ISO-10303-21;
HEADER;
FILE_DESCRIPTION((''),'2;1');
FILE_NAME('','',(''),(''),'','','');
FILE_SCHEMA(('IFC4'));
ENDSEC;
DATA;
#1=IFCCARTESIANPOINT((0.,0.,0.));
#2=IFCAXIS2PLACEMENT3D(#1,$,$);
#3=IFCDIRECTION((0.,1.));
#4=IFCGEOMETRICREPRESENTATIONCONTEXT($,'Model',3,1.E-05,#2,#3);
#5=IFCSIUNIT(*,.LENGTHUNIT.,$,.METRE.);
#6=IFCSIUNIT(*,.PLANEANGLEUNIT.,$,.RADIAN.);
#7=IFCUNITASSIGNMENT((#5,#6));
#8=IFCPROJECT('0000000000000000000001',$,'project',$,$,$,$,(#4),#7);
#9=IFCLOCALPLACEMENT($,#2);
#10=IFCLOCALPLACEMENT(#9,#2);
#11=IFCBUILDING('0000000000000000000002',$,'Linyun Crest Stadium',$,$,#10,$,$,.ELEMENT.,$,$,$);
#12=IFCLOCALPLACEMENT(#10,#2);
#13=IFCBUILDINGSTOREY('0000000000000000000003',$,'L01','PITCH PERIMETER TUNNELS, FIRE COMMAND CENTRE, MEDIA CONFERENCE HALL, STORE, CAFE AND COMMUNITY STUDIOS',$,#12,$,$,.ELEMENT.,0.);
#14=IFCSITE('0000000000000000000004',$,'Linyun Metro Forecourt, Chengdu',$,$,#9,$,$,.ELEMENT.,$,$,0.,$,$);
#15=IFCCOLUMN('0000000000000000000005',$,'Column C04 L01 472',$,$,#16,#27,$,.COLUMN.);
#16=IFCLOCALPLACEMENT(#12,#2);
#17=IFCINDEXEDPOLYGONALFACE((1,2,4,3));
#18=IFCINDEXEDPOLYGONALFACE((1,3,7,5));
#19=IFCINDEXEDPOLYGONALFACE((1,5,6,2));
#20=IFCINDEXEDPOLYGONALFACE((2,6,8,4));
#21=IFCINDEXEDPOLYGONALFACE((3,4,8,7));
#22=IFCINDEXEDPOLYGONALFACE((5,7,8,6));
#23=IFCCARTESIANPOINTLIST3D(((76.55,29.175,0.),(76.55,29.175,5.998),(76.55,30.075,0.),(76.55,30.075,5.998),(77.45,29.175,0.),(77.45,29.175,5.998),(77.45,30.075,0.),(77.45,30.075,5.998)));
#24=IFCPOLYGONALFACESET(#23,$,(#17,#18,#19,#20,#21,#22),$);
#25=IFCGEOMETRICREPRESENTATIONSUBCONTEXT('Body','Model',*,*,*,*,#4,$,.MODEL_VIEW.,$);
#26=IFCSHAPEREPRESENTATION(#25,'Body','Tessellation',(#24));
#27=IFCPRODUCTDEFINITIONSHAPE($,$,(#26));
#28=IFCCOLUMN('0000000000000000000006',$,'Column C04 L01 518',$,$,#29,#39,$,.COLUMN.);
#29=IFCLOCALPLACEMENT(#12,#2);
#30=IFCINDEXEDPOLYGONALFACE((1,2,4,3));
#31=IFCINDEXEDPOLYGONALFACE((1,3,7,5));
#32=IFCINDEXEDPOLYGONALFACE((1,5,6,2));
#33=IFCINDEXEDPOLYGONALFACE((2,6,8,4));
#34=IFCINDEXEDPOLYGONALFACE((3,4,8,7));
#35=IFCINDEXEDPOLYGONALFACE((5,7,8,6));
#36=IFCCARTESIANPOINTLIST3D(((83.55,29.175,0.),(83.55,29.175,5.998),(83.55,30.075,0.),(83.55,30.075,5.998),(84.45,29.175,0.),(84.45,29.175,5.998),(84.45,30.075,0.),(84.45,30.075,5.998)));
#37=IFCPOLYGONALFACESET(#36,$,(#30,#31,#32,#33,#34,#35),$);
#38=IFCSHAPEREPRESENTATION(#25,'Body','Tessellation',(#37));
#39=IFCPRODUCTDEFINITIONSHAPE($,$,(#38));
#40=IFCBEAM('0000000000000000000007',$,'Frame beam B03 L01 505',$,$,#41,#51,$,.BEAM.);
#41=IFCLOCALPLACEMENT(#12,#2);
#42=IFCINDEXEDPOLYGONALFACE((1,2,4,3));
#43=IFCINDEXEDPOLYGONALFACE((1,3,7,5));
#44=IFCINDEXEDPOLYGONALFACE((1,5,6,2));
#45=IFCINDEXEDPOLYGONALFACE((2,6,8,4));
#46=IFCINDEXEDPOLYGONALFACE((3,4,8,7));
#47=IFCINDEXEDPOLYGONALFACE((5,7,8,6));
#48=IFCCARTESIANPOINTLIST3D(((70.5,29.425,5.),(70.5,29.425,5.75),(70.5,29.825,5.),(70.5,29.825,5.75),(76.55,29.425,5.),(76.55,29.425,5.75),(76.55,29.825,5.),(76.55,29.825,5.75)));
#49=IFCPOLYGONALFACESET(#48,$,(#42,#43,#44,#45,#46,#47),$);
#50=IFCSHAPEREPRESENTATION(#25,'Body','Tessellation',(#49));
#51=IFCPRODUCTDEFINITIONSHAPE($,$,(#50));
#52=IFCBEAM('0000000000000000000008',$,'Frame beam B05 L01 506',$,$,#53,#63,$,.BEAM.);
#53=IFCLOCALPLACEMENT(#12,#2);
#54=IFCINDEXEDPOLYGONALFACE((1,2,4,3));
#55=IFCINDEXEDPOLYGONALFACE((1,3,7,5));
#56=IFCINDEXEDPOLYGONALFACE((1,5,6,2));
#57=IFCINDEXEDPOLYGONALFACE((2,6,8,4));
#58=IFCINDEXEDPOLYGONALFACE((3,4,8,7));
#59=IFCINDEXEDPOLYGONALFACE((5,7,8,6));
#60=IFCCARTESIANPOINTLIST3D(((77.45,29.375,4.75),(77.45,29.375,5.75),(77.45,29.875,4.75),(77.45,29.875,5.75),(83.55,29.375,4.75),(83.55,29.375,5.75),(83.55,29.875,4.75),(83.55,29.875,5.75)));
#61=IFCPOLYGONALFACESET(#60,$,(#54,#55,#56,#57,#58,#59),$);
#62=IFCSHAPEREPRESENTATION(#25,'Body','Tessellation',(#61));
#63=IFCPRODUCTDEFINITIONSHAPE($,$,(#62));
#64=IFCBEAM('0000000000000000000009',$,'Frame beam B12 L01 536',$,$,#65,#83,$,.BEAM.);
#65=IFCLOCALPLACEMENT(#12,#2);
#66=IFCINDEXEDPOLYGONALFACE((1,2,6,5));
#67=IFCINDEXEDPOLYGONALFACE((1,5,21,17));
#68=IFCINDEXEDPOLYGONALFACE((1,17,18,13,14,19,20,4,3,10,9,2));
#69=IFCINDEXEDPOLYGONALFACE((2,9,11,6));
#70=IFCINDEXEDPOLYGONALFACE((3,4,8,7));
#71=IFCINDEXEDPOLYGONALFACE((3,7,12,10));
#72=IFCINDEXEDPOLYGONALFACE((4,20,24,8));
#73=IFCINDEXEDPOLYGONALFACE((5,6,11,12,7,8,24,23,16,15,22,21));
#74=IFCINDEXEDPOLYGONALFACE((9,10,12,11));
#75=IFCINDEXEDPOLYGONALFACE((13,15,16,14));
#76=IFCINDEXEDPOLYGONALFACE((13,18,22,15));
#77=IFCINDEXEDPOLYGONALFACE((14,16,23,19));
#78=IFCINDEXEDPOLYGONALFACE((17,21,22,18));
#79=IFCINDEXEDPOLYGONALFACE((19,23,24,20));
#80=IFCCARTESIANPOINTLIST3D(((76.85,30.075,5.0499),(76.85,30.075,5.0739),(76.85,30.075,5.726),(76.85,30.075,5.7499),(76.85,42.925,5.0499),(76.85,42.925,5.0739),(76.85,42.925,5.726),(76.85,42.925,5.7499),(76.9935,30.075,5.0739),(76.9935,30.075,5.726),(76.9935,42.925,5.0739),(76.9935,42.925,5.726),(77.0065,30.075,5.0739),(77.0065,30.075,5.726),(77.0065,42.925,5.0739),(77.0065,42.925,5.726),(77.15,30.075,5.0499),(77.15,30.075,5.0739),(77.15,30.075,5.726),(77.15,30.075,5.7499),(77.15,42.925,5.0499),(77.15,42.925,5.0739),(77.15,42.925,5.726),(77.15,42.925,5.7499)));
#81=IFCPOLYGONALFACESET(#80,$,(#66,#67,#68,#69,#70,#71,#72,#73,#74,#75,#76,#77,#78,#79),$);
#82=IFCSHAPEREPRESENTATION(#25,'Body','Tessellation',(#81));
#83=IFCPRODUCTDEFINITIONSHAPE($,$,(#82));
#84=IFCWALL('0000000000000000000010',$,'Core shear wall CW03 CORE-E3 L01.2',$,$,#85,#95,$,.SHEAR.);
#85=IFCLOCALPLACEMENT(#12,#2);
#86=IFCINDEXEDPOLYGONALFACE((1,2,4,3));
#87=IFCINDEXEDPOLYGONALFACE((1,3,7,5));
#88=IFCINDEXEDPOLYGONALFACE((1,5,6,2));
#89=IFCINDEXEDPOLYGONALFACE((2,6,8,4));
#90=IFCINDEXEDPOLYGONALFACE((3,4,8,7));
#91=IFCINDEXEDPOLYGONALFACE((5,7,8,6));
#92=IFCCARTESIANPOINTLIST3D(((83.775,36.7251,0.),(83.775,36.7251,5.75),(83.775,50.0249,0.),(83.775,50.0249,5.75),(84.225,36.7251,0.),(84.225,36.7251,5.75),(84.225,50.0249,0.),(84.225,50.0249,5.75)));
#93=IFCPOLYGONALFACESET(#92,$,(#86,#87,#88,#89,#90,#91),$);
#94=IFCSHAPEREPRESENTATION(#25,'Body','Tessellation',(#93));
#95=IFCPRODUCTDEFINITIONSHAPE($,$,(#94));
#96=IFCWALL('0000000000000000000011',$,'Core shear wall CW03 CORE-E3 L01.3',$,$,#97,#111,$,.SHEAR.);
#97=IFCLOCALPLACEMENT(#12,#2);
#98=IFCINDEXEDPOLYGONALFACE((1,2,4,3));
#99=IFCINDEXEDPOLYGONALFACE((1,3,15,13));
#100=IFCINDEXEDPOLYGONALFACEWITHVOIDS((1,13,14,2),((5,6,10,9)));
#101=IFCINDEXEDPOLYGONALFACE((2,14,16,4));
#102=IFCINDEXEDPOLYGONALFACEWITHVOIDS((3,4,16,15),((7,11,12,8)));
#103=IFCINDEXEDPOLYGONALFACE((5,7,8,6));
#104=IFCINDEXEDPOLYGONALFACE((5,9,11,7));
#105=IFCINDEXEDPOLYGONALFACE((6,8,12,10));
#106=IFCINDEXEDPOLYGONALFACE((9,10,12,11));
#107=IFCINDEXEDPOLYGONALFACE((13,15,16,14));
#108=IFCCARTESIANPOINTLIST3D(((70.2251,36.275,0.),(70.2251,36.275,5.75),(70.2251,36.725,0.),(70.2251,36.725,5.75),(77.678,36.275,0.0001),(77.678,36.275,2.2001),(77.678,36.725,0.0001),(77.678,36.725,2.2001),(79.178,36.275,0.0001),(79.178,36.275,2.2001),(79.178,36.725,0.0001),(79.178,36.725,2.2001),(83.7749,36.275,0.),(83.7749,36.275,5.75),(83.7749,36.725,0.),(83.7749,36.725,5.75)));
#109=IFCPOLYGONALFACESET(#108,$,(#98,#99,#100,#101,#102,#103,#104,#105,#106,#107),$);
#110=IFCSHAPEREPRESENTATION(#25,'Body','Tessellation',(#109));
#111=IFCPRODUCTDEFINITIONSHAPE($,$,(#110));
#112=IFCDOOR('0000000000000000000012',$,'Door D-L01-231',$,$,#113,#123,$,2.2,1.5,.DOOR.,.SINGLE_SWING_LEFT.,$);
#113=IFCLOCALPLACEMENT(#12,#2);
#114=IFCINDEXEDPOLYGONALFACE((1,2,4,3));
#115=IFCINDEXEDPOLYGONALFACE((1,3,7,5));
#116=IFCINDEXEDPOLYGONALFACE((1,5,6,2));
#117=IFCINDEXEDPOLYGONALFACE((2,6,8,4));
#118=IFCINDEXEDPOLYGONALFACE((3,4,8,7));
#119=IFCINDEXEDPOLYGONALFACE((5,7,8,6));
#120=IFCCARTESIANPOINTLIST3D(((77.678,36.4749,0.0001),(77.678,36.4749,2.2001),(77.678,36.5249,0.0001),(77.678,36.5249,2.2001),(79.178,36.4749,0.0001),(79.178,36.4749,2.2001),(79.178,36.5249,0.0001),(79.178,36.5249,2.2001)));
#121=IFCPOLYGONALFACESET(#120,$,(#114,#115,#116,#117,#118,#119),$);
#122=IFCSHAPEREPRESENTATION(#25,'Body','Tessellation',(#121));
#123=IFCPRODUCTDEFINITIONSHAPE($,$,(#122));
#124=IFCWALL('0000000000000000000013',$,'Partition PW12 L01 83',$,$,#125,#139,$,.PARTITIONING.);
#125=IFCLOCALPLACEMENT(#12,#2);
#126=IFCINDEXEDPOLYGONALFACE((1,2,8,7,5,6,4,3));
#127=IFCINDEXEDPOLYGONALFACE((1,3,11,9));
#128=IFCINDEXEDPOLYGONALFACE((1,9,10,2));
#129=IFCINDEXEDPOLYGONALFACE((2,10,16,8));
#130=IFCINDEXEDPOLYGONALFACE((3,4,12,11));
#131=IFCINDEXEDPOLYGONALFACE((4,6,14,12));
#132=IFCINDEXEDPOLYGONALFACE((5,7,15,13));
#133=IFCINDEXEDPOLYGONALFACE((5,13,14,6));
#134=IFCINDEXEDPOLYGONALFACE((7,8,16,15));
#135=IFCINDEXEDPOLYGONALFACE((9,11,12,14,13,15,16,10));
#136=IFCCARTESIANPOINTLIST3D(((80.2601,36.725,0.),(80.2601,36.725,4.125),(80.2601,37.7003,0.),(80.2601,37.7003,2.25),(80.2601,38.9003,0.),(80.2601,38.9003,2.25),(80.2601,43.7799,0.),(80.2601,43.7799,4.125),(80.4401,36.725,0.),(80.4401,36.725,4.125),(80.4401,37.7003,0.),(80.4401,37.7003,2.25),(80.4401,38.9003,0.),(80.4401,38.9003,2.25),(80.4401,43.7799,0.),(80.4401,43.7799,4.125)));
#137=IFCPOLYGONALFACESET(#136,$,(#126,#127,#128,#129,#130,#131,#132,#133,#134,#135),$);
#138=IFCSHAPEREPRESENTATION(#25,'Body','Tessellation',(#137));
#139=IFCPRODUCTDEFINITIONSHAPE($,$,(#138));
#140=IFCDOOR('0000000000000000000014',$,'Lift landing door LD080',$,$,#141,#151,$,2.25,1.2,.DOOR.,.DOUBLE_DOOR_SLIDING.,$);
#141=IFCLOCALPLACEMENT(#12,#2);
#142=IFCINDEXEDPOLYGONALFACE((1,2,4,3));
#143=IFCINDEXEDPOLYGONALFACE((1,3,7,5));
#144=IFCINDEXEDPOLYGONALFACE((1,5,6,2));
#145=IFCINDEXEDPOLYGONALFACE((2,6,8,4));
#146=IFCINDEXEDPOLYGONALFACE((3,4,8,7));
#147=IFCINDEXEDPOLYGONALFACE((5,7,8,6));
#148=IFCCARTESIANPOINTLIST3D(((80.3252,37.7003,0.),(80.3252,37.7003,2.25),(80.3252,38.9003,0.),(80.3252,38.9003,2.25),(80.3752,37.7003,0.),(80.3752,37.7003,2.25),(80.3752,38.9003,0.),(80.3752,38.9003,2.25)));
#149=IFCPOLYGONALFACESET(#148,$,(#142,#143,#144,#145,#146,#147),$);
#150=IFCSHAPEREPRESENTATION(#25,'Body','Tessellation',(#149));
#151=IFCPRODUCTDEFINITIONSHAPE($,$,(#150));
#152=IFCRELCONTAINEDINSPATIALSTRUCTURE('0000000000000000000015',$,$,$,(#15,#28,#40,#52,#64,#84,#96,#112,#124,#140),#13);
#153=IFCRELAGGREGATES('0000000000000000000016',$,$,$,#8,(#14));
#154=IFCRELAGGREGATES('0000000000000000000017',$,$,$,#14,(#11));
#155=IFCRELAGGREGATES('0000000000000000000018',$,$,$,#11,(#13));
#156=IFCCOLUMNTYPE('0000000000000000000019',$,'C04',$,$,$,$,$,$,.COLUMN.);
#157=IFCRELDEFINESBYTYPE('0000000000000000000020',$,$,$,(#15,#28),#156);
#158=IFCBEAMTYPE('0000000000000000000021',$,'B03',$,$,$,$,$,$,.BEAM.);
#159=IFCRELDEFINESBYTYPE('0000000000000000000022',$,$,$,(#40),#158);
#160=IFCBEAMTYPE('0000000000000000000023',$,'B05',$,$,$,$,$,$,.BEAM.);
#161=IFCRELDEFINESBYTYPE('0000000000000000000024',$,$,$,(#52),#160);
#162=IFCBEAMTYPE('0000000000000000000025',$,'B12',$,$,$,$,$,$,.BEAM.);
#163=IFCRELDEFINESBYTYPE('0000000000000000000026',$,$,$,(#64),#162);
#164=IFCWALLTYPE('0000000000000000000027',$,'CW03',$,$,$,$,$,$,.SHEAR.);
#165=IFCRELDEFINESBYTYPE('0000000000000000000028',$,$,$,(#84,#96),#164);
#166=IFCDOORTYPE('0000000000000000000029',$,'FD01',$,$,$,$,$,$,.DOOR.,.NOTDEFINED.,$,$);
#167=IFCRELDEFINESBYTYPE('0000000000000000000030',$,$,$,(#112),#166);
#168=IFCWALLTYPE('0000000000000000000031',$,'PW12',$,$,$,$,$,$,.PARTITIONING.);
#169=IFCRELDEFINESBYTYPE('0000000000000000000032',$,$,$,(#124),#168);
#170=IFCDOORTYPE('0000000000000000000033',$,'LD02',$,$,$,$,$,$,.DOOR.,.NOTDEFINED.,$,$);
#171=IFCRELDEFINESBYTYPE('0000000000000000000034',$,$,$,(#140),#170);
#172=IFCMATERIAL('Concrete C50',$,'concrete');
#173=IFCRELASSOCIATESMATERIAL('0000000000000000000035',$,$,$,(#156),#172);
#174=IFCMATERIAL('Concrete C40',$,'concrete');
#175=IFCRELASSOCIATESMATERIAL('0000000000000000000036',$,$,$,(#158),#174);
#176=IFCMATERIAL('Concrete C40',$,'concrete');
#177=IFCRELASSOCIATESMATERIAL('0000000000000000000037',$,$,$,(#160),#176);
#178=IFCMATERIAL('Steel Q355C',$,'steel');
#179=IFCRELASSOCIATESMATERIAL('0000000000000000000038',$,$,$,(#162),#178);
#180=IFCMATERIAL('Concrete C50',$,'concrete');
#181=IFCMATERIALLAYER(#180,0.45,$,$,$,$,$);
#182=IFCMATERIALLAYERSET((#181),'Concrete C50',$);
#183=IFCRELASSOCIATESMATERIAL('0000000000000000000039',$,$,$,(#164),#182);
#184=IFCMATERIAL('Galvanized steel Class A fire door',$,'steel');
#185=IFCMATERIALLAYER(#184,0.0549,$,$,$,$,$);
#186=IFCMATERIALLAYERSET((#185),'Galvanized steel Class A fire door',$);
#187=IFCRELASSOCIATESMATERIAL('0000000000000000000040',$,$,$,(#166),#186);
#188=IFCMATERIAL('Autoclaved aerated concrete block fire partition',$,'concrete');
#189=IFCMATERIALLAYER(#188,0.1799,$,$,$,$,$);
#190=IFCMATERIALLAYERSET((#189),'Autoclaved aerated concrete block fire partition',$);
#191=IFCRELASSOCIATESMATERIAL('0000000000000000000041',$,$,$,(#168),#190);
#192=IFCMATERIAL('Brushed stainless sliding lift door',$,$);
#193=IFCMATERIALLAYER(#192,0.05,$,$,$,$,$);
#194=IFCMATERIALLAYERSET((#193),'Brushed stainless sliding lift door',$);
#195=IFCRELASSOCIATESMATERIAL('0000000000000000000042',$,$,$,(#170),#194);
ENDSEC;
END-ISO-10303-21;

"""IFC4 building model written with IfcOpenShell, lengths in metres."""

from ifc_helpers import new_model, si_unit, direction, frame, frame_2d, origin, origin_2d, place, context, subcontext, project, spatial, rectangle, i_section, extrude, material, layer, layer_set, material_profile, profile_set, type_object, element, fill, save


model = new_model("IFC4")

# Units and contexts
model_context = context("Model", 3, precision=1e-05, world=origin(), true_north=direction((0.0, 1.0)))
body_context = subcontext(model_context, "Body", "Model", "MODEL_VIEW")
ifc_project = project(units=[si_unit("LENGTHUNIT", "METRE"), si_unit("PLANEANGLEUNIT", "RADIAN")], contexts=[model_context])

# Site, building, storey
site_placement = place(None, origin())
site = spatial("IfcSite", under=ifc_project, at=site_placement, Name="Linyun Metro Forecourt, Chengdu", CompositionType="ELEMENT", RefElevation=0.0)
building_placement = place(site_placement, origin())
building = spatial("IfcBuilding", under=site, at=building_placement, Name="Linyun Crest Stadium", CompositionType="ELEMENT")
storey_placement = place(building_placement, origin())
storey = spatial("IfcBuildingStorey", under=building, at=storey_placement, Name="L01", Description="PITCH PERIMETER TUNNELS, FIRE COMMAND CENTRE, MEDIA CONFERENCE HALL, STORE, CAFE AND COMMUNITY STUDIOS", CompositionType="ELEMENT", Elevation=0.0)

# Columns
ifc_material_1 = material(Name="Concrete C50", Category="concrete")
ifc_material_profile_1 = material_profile(ifc_material_1, rectangle(XDim=0.8999, YDim=0.8999, at=origin_2d()), Name="RC 900x900")
ifc_profile_set_1 = profile_set([ifc_material_profile_1], Name="Concrete C50")
column_type = type_object("IfcColumnType", Name="C04", PredefinedType="COLUMN", material=ifc_profile_set_1)
for number, where, z_axis, x_axis, name in (
    (1, (77.0, 29.625, 0.0), (0.0, 0.0, 1.0), (1.0, 0.0, 0.0), "Column C04 L01 472"),
    (2, (84.0, 29.625, 0.0), (0.0, 0.0, 1.0), (1.0, 0.0, 0.0), "Column C04 L01 518"),
):
    element("IfcColumn", number, at=place(storey_placement, frame(where, z_axis=z_axis, x_axis=x_axis)), inside=storey, type_object=column_type, Name=name, PredefinedType="COLUMN", context=body_context, shape_type="SweptSolid", body=[
        extrude(rectangle(XDim=0.8999, YDim=0.8999, at=origin_2d()), origin(), (0.0, 0.0, 1.0), 5.998),
    ])

# Beams
ifc_material_2 = material(Name="Concrete C40", Category="concrete")
ifc_material_profile_2 = material_profile(ifc_material_2, rectangle(XDim=0.3999, YDim=0.75, at=origin_2d()), Name="RCB 750x400")
ifc_profile_set_2 = profile_set([ifc_material_profile_2], Name="Concrete C40")
beam_type_1 = type_object("IfcBeamType", Name="B03", PredefinedType="BEAM", material=ifc_profile_set_2)
beam_1_placement = place(storey_placement, frame((70.5, 29.625, 5.375), z_axis=(1.0, 0.0, 0.0), x_axis=(0.0, 1.0, 0.0)))
element("IfcBeam", 3, at=beam_1_placement, inside=storey, type_object=beam_type_1, Name="Frame beam B03 L01 505", PredefinedType="BEAM", context=body_context, shape_type="SweptSolid", body=[
    extrude(rectangle(XDim=0.3999, YDim=0.75, at=origin_2d()), origin(), (0.0, 0.0, 1.0), 6.05),
])
ifc_material_3 = material(Name="Concrete C40", Category="concrete")
ifc_material_profile_3 = material_profile(ifc_material_3, rectangle(XDim=0.5, YDim=1.0, at=origin_2d()), Name="RCB 1000x500")
ifc_profile_set_3 = profile_set([ifc_material_profile_3], Name="Concrete C40")
beam_type_2 = type_object("IfcBeamType", Name="B05", PredefinedType="BEAM", material=ifc_profile_set_3)
beam_2_placement = place(storey_placement, frame((77.45, 29.625, 5.25), z_axis=(1.0, 0.0, 0.0), x_axis=(0.0, 1.0, 0.0)))
element("IfcBeam", 4, at=beam_2_placement, inside=storey, type_object=beam_type_2, Name="Frame beam B05 L01 506", PredefinedType="BEAM", context=body_context, shape_type="SweptSolid", body=[
    extrude(rectangle(XDim=0.5, YDim=1.0, at=origin_2d()), origin(), (0.0, 0.0, 1.0), 6.1001),
])
ifc_material_4 = material(Name="Steel Q355C", Category="steel")
ifc_material_profile_4 = material_profile(ifc_material_4, i_section(OverallWidth=0.3, OverallDepth=0.7, WebThickness=0.0129, FlangeThickness=0.0239, at=origin_2d()), Name="HN 700x300")
ifc_profile_set_4 = profile_set([ifc_material_profile_4], Name="Steel Q355C")
beam_type_3 = type_object("IfcBeamType", Name="B12", PredefinedType="BEAM", material=ifc_profile_set_4)
beam_3_placement = place(storey_placement, frame((77.0, 30.075, 5.3999), z_axis=(0.0, 1.0, 0.0), x_axis=(-1.0, 0.0, 0.0)))
element("IfcBeam", 5, at=beam_3_placement, inside=storey, type_object=beam_type_3, Name="Frame beam B12 L01 536", PredefinedType="BEAM", context=body_context, shape_type="SweptSolid", body=[
    extrude(i_section(OverallWidth=0.3, OverallDepth=0.7, WebThickness=0.0129, FlangeThickness=0.0239, at=origin_2d()), origin(), (0.0, 0.0, 1.0), 12.8501),
])

# Wall
ifc_material_5 = material(Name="Concrete C50", Category="concrete")
ifc_layer_1 = layer(ifc_material_5, 0.45)
ifc_layer_set_1 = layer_set([ifc_layer_1], Name="Concrete C50")
wall_type_1 = type_object("IfcWallType", Name="CW03", PredefinedType="SHEAR", material=ifc_layer_set_1)
wall_1_placement = place(storey_placement, frame((84.0, 36.7251, 0.0), z_axis=(0.0, 0.0, 1.0), x_axis=(0.0, 1.0, 0.0)))
element("IfcWall", 6, at=wall_1_placement, inside=storey, type_object=wall_type_1, Name="Core shear wall CW03 CORE-E3 L01.2", PredefinedType="SHEAR", context=body_context, shape_type="SweptSolid", body=[
    extrude(rectangle(XDim=13.2998, YDim=0.45, at=frame_2d((6.6499, 0.0))), origin(), (0.0, 0.0, 1.0), 5.75),
])

# Walls, openings, doors
wall_2_placement = place(storey_placement, frame((70.2251, 36.5, 0.0), z_axis=(0.0, 0.0, 1.0), x_axis=(1.0, 0.0, 0.0)))
wall_2 = element("IfcWall", 7, at=wall_2_placement, inside=storey, type_object=wall_type_1, Name="Core shear wall CW03 CORE-E3 L01.3", PredefinedType="SHEAR", context=body_context, shape_type="SweptSolid", body=[
    extrude(rectangle(XDim=13.5498, YDim=0.45, at=frame_2d((6.7749, 0.0))), origin(), (0.0, 0.0, 1.0), 5.75),
])
opening_1_placement = place(wall_2_placement, frame((7.4529, 0.0, 0.0)))
opening_1 = element("IfcOpeningElement", 8, at=opening_1_placement, cuts=wall_2, PredefinedType="OPENING", context=body_context, shape_type="SweptSolid", body=[
    extrude(rectangle(XDim=1.5, YDim=2.2, at=frame_2d((0.75, 1.1001))), frame((0.0, 0.2349, 0.0), z_axis=(0.0, -1.0, 0.0), x_axis=(1.0, 0.0, 0.0)), (0.0, 0.0, 1.0), 0.47),
])
ifc_material_6 = material(Name="Galvanized steel Class A fire door", Category="steel")
ifc_layer_2 = layer(ifc_material_6, 0.0549)
ifc_layer_set_2 = layer_set([ifc_layer_2], Name="Galvanized steel Class A fire door")
door_type_1 = type_object("IfcDoorType", Name="FD01", OperationType="NOTDEFINED", PredefinedType="DOOR", material=ifc_layer_set_2)
door_1_placement = place(opening_1_placement, origin())
door_1 = element("IfcDoor", 9, at=door_1_placement, inside=storey, type_object=door_type_1, Name="Door D-L01-231", OperationType="SINGLE_SWING_LEFT", OverallHeight=2.2, OverallWidth=1.5, PredefinedType="DOOR", context=body_context, shape_type="SweptSolid", body=[
    extrude(rectangle(XDim=1.5, YDim=2.2, at=frame_2d((0.75, 1.1001))), frame((0.0, 0.0249, 0.0), z_axis=(0.0, -1.0, 0.0), x_axis=(1.0, 0.0, 0.0)), (0.0, 0.0, 1.0), 0.05),
])
fill(opening_1, door_1)
ifc_material_7 = material(Name="Autoclaved aerated concrete block fire partition", Category="concrete")
ifc_layer_3 = layer(ifc_material_7, 0.1799)
ifc_layer_set_3 = layer_set([ifc_layer_3], Name="Autoclaved aerated concrete block fire partition")
wall_type_2 = type_object("IfcWallType", Name="PW12", PredefinedType="PARTITIONING", material=ifc_layer_set_3)
wall_3_placement = place(storey_placement, frame((80.3501, 36.7251, 0.0), z_axis=(0.0, 0.0, 1.0), x_axis=(0.0, 1.0, 0.0)))
wall_3 = element("IfcWall", 10, at=wall_3_placement, inside=storey, type_object=wall_type_2, Name="Partition PW12 L01 83", PredefinedType="PARTITIONING", context=body_context, shape_type="SweptSolid", body=[
    extrude(rectangle(XDim=7.0549, YDim=0.1799, at=frame_2d((3.5273, 0.0))), origin(), (0.0, 0.0, 1.0), 4.125),
])
opening_2_placement = place(wall_3_placement, frame((0.9751, 0.0, 0.0)))
opening_2 = element("IfcOpeningElement", 11, at=opening_2_placement, cuts=wall_3, PredefinedType="OPENING", context=body_context, shape_type="SweptSolid", body=[
    extrude(rectangle(XDim=1.2, YDim=2.25, at=frame_2d((0.6001, 1.125))), frame((0.0, 0.0999, 0.0), z_axis=(0.0, -1.0, 0.0), x_axis=(1.0, 0.0, 0.0)), (0.0, 0.0, 1.0), 0.2),
])
ifc_material_8 = material(Name="Brushed stainless sliding lift door")
ifc_layer_4 = layer(ifc_material_8, 0.05)
ifc_layer_set_4 = layer_set([ifc_layer_4], Name="Brushed stainless sliding lift door")
door_type_2 = type_object("IfcDoorType", Name="LD02", OperationType="NOTDEFINED", PredefinedType="DOOR", material=ifc_layer_set_4)
door_2_placement = place(opening_2_placement, origin())
door_2 = element("IfcDoor", 12, at=door_2_placement, inside=storey, type_object=door_type_2, Name="Lift landing door LD080", OperationType="DOUBLE_DOOR_SLIDING", OverallHeight=2.25, OverallWidth=1.2, PredefinedType="DOOR", context=body_context, shape_type="SweptSolid", body=[
    extrude(rectangle(XDim=1.2, YDim=2.25, at=frame_2d((0.6001, 1.125))), frame((0.0, 0.0249, 0.0), z_axis=(0.0, -1.0, 0.0), x_axis=(1.0, 0.0, 0.0)), (0.0, 0.0, 1.0), 0.05),
])
fill(opening_2, door_2)

save(model, "model.ifc")
